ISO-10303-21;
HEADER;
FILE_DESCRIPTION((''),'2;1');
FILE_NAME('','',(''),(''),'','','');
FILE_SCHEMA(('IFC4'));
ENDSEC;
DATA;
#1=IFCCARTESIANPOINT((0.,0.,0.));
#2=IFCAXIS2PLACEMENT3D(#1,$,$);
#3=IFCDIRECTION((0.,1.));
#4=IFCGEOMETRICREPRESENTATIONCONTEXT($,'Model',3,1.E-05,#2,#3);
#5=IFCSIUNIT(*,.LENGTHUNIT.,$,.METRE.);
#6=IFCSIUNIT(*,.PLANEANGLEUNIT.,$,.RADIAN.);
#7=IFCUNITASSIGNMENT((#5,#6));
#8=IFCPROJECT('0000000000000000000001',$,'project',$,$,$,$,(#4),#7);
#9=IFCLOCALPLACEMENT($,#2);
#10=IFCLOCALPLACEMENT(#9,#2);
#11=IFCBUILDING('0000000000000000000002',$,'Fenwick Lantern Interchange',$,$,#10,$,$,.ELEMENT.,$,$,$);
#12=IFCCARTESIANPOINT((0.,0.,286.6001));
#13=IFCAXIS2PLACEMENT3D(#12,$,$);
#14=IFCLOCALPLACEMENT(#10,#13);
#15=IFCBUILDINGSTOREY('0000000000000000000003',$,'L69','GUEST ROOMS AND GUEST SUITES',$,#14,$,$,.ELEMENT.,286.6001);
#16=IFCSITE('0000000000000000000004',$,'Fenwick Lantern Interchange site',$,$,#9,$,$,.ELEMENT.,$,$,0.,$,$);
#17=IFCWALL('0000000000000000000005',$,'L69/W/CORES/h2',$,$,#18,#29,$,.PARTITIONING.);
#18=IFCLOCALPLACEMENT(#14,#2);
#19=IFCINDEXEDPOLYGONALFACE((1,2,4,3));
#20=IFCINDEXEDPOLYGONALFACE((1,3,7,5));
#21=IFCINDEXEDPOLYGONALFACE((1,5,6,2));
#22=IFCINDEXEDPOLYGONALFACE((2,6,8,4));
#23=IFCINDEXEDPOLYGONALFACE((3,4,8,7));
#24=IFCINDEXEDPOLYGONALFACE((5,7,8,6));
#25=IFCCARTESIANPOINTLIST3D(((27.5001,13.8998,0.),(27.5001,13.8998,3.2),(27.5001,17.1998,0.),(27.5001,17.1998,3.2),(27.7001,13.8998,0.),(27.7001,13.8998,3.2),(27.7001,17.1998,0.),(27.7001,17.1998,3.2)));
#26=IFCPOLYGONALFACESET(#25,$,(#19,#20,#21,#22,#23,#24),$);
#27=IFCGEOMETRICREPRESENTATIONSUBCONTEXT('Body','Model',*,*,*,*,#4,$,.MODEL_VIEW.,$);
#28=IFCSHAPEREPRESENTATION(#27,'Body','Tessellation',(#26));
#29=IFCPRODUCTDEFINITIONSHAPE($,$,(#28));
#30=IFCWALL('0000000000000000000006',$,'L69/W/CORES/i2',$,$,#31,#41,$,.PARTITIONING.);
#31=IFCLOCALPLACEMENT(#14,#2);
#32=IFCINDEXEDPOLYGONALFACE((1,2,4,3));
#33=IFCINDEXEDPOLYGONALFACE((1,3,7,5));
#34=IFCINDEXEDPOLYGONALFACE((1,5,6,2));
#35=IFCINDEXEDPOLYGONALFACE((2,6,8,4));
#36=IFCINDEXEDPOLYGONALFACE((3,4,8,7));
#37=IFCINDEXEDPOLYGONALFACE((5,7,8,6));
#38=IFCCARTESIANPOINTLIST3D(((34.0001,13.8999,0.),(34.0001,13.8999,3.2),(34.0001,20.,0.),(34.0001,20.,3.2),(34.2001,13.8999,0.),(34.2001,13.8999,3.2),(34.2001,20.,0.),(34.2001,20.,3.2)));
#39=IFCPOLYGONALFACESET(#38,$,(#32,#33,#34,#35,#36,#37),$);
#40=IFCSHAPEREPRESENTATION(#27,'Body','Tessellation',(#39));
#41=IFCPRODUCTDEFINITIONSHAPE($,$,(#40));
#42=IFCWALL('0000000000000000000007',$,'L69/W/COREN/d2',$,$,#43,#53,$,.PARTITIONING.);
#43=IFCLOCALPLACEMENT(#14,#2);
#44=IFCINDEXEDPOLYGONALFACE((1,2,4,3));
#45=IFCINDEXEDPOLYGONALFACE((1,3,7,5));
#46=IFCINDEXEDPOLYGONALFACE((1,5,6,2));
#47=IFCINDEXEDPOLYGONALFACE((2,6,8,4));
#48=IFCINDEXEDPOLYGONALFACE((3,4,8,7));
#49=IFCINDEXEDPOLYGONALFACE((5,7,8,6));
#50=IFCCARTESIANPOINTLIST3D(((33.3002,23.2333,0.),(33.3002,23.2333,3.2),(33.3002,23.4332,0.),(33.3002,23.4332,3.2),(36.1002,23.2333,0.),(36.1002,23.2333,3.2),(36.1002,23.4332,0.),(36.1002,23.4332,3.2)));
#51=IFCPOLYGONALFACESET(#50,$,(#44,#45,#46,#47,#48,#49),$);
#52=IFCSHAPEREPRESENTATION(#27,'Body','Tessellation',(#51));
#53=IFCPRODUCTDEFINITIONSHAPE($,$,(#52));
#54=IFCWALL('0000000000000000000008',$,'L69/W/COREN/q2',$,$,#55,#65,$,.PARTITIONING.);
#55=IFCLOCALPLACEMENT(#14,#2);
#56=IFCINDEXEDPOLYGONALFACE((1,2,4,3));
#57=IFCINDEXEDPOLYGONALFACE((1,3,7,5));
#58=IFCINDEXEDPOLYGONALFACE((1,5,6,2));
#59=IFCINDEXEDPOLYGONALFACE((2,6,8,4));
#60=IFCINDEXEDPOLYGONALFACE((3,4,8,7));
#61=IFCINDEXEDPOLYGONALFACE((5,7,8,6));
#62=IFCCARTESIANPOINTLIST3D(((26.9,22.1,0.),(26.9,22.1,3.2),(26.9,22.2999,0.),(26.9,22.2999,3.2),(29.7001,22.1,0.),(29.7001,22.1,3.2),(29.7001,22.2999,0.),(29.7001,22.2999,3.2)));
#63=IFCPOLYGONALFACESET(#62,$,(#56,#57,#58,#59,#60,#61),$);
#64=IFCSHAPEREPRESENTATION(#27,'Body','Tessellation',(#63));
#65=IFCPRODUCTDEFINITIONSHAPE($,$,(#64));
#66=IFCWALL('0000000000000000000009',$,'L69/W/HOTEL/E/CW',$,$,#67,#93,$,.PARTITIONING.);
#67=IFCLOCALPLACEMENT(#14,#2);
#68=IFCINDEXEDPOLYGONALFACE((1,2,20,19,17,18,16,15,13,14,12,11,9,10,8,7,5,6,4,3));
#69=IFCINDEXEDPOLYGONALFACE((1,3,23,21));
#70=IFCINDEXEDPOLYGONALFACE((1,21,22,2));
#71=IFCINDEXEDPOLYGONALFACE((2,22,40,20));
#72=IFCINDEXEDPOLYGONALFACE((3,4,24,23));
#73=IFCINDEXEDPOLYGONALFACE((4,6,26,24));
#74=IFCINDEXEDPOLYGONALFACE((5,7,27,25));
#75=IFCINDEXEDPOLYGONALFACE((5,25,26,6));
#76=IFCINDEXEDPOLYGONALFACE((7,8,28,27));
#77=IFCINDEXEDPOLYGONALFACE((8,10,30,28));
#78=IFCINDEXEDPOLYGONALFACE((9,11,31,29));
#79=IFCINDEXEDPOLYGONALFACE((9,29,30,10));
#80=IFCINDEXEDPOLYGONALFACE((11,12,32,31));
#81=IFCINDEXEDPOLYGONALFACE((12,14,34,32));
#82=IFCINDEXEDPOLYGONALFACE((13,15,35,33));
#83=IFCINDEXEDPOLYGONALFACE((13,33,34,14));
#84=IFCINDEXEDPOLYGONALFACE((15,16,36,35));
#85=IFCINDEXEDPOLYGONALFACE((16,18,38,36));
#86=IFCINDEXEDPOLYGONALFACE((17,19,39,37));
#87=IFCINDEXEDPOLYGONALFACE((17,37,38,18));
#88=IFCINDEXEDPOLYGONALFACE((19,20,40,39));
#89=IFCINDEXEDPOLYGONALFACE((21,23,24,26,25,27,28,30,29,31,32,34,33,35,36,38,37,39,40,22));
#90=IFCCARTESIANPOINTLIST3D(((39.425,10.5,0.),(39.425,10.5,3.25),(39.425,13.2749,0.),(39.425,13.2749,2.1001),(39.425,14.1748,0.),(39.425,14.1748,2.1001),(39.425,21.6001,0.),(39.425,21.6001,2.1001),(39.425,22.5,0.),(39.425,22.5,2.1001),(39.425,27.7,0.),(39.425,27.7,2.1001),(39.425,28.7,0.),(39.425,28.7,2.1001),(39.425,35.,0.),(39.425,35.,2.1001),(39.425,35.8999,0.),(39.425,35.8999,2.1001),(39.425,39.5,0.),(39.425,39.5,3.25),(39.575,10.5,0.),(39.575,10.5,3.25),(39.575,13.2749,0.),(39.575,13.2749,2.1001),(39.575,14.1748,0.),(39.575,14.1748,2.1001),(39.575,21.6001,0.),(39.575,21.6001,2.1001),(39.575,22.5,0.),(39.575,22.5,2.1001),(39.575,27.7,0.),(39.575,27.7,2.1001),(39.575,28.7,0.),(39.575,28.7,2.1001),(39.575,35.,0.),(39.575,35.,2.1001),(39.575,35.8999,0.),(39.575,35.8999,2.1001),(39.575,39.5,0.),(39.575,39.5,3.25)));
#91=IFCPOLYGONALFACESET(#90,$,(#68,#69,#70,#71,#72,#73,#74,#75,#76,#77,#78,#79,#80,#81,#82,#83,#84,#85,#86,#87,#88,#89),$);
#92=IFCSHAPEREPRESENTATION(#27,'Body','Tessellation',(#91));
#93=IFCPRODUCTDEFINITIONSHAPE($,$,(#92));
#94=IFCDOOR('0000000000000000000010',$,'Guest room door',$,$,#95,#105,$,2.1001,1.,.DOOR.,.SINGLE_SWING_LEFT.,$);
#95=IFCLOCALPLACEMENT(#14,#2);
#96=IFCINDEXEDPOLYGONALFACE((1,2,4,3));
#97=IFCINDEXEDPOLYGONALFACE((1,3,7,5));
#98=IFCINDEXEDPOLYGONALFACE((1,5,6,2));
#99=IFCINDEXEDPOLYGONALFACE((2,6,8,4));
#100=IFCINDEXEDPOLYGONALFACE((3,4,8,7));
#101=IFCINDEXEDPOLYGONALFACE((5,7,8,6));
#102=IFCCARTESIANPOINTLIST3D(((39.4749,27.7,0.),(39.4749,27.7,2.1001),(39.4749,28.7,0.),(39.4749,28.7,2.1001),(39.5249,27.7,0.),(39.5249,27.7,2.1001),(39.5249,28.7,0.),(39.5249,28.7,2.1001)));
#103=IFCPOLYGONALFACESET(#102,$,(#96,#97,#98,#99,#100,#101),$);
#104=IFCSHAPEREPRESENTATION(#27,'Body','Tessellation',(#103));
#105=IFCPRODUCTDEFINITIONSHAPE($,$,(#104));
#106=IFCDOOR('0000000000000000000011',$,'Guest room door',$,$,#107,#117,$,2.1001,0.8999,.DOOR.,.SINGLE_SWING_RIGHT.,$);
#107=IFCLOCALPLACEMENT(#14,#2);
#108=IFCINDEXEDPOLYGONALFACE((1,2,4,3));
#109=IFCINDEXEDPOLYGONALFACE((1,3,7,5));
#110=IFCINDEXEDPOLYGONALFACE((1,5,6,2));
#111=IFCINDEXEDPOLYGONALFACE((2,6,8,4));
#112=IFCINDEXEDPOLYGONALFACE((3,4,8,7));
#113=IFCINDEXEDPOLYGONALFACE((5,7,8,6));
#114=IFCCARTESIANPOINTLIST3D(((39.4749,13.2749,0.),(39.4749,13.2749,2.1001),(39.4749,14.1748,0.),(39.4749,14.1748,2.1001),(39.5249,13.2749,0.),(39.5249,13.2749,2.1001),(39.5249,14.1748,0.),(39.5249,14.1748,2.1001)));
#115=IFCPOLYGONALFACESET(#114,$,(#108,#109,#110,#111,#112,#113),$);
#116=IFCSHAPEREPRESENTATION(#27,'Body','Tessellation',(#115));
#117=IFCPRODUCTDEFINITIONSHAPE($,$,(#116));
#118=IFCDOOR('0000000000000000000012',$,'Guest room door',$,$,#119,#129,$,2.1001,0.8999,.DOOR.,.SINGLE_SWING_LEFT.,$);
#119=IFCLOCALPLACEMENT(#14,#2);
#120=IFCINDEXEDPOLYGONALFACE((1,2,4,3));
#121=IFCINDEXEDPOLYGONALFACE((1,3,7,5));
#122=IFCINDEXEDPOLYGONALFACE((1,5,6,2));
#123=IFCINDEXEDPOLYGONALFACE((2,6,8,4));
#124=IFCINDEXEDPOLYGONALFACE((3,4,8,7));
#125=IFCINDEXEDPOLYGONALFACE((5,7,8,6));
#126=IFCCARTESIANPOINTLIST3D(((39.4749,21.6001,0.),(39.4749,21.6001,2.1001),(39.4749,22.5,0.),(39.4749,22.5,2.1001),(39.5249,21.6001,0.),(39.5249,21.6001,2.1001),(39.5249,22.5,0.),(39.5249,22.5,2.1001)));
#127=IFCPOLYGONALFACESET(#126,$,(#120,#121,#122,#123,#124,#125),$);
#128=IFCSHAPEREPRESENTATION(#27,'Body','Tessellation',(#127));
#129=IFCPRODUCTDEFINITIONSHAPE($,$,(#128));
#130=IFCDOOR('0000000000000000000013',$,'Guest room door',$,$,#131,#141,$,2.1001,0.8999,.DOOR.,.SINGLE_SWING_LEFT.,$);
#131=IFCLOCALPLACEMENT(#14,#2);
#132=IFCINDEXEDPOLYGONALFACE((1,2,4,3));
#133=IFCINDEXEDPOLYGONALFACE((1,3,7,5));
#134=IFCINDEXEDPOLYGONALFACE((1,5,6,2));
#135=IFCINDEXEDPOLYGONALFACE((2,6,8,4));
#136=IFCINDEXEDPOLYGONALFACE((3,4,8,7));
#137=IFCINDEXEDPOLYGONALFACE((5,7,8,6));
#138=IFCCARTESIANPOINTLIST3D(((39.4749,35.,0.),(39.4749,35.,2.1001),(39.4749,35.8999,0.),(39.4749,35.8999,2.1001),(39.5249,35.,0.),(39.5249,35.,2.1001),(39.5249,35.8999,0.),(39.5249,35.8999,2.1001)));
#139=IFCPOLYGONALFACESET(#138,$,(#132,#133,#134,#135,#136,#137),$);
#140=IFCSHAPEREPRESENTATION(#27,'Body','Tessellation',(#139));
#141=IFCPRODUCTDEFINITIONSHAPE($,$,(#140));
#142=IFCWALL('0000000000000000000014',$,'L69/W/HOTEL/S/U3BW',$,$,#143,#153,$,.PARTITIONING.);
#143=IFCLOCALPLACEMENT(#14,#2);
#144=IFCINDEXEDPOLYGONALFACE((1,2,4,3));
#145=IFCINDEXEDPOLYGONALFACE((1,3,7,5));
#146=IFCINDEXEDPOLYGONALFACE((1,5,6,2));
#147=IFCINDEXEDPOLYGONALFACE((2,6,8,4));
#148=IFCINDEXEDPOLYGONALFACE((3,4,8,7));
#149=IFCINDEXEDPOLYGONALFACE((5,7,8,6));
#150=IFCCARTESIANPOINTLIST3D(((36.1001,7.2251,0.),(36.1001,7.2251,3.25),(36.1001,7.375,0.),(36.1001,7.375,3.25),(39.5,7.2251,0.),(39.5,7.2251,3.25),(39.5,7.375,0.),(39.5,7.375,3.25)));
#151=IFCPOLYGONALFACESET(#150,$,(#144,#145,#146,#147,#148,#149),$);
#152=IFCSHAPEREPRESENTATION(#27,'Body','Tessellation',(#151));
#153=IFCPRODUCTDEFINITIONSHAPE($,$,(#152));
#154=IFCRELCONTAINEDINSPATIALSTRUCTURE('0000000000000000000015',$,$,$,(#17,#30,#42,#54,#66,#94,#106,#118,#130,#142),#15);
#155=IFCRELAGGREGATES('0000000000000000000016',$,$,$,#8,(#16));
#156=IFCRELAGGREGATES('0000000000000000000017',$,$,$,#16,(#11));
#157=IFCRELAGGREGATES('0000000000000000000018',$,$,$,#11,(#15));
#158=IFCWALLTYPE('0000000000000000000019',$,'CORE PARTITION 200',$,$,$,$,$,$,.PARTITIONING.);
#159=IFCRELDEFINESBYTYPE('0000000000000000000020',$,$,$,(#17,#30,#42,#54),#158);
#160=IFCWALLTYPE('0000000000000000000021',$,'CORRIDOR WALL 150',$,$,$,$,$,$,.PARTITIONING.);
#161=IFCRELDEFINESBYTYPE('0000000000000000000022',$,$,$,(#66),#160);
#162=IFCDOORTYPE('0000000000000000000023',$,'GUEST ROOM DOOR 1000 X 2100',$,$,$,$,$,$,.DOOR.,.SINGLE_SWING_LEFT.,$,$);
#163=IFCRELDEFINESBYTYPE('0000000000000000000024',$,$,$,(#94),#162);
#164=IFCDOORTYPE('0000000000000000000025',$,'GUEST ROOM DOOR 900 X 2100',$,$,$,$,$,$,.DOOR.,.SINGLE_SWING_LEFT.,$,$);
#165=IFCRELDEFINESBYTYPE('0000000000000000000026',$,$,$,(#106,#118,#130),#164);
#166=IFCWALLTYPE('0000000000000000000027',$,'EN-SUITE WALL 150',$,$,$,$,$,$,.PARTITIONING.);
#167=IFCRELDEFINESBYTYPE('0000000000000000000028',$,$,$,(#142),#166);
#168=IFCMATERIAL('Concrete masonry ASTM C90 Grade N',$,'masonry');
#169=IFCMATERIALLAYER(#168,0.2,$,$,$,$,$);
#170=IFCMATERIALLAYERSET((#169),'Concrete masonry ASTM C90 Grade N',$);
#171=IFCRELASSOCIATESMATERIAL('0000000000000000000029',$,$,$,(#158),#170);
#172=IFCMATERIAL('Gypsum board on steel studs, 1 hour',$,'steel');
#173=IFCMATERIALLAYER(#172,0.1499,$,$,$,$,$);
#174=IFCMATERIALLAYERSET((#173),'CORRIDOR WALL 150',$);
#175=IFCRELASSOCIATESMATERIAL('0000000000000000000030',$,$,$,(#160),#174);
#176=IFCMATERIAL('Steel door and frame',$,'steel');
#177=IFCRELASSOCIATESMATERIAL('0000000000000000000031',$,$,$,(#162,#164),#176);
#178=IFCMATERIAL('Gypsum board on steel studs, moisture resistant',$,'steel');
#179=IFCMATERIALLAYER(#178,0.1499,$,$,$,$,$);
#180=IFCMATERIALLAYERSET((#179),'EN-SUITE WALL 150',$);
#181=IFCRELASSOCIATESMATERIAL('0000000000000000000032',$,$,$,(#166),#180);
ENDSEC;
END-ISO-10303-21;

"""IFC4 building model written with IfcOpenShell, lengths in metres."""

from ifc_helpers import new_model, si_unit, direction, frame, frame_2d, origin, place, context, subcontext, project, spatial, rectangle, extrude, material, layer, layer_set, type_object, element, fill, save


model = new_model("IFC4")

# Units and contexts
model_context = context("Model", 3, precision=1e-05, world=origin(), true_north=direction((0.0, 1.0)))
body_context = subcontext(model_context, "Body", "Model", "MODEL_VIEW")
ifc_project = project(units=[si_unit("LENGTHUNIT", "METRE"), si_unit("PLANEANGLEUNIT", "RADIAN")], contexts=[model_context])

# Site, building, storey
site_placement = place(None, origin())
site = spatial("IfcSite", under=ifc_project, at=site_placement, Name="Fenwick Lantern Interchange site", CompositionType="ELEMENT", RefElevation=0.0)
building_placement = place(site_placement, origin())
building = spatial("IfcBuilding", under=site, at=building_placement, Name="Fenwick Lantern Interchange", CompositionType="ELEMENT")
storey_placement = place(building_placement, frame((0.0, 0.0, 286.6001)))
storey = spatial("IfcBuildingStorey", under=building, at=storey_placement, Name="L69", Description="GUEST ROOMS AND GUEST SUITES", CompositionType="ELEMENT", Elevation=286.6001)

# Shared definitions
ifc_material_1 = material(Name="Concrete masonry ASTM C90 Grade N", Category="masonry")
ifc_layer_1 = layer(ifc_material_1, 0.2)
ifc_layer_set_1 = layer_set([ifc_layer_1], Name="Concrete masonry ASTM C90 Grade N")
wall_type_1 = type_object("IfcWallType", Name="CORE PARTITION 200", PredefinedType="PARTITIONING", material=ifc_layer_set_1)
ifc_material_2 = material(Name="Steel door and frame", Category="steel")

# Walls
wall_1_placement = place(storey_placement, frame((27.6001, 13.8999, 0.0), z_axis=(0.0, 0.0, 1.0), x_axis=(0.0, 1.0, 0.0)))
element("IfcWall", 1, at=wall_1_placement, inside=storey, type_object=wall_type_1, Name="L69/W/CORES/h2", PredefinedType="PARTITIONING", context=body_context, shape_type="SweptSolid", body=[
    extrude(rectangle(XDim=3.3, YDim=0.2, at=frame_2d((1.6499, 0.0))), origin(), (0.0, 0.0, 1.0), 3.2),
])
wall_2_placement = place(storey_placement, frame((34.1001, 13.8999, 0.0), z_axis=(0.0, 0.0, 1.0), x_axis=(0.0, 1.0, 0.0)))
element("IfcWall", 2, at=wall_2_placement, inside=storey, type_object=wall_type_1, Name="L69/W/CORES/i2", PredefinedType="PARTITIONING", context=body_context, shape_type="SweptSolid", body=[
    extrude(rectangle(XDim=6.1001, YDim=0.2, at=frame_2d((3.05, 0.0))), origin(), (0.0, 0.0, 1.0), 3.2),
])
for number, where, z_axis, x_axis, name in (
    (3, (36.1001, 23.3333, 0.0), (0.0, 0.0, 1.0), (-1.0, 0.0, 0.0), "L69/W/COREN/d2"),
    (4, (29.7, 22.2, 0.0), (0.0, 0.0, 1.0), (-1.0, 0.0, 0.0), "L69/W/COREN/q2"),
):
    element("IfcWall", number, at=place(storey_placement, frame(where, z_axis=z_axis, x_axis=x_axis)), inside=storey, type_object=wall_type_1, Name=name, PredefinedType="PARTITIONING", context=body_context, shape_type="SweptSolid", body=[
        extrude(rectangle(XDim=2.8, YDim=0.2, at=frame_2d((1.3999, 0.0))), origin(), (0.0, 0.0, 1.0), 3.2),
    ])

# Wall, openings, doors
ifc_material_3 = material(Name="Gypsum board on steel studs, 1 hour", Category="steel")
ifc_layer_2 = layer(ifc_material_3, 0.1499)
ifc_layer_set_2 = layer_set([ifc_layer_2], Name="CORRIDOR WALL 150")
wall_type_2 = type_object("IfcWallType", Name="CORRIDOR WALL 150", PredefinedType="PARTITIONING", material=ifc_layer_set_2)
wall_3_placement = place(storey_placement, frame((39.5, 10.5, 0.0), z_axis=(0.0, 0.0, 1.0), x_axis=(0.0, 1.0, 0.0)))
wall_3 = element("IfcWall", 5, at=wall_3_placement, inside=storey, type_object=wall_type_2, Name="L69/W/HOTEL/E/CW", PredefinedType="PARTITIONING", context=body_context, shape_type="SweptSolid", body=[
    extrude(rectangle(XDim=29.0, YDim=0.1499, at=frame_2d((14.5, 0.0))), origin(), (0.0, 0.0, 1.0), 3.25),
])
opening_1_placement = place(wall_3_placement, frame((2.7749, 0.0, 0.0)))
opening_1 = element("IfcOpeningElement", 6, at=opening_1_placement, cuts=wall_3, PredefinedType="OPENING", context=body_context, shape_type="SweptSolid", body=[
    extrude(rectangle(XDim=0.8999, YDim=2.1001, at=frame_2d((0.45, 1.05))), frame((0.0, 0.085, 0.0), z_axis=(0.0, -1.0, 0.0), x_axis=(1.0, 0.0, 0.0)), (0.0, 0.0, 1.0), 0.1699),
])
opening_2_placement = place(wall_3_placement, frame((11.1001, 0.0, 0.0)))
opening_2 = element("IfcOpeningElement", 7, at=opening_2_placement, cuts=wall_3, PredefinedType="OPENING", context=body_context, shape_type="SweptSolid", body=[
    extrude(rectangle(XDim=0.8999, YDim=2.1001, at=frame_2d((0.45, 1.05))), frame((0.0, 0.085, 0.0), z_axis=(0.0, -1.0, 0.0), x_axis=(1.0, 0.0, 0.0)), (0.0, 0.0, 1.0), 0.1699),
])
opening_3_placement = place(wall_3_placement, frame((17.2, 0.0, 0.0)))
opening_3 = element("IfcOpeningElement", 8, at=opening_3_placement, cuts=wall_3, PredefinedType="OPENING", context=body_context, shape_type="SweptSolid", body=[
    extrude(rectangle(XDim=1.0, YDim=2.1001, at=frame_2d((0.5, 1.05))), frame((0.0, 0.085, 0.0), z_axis=(0.0, -1.0, 0.0), x_axis=(1.0, 0.0, 0.0)), (0.0, 0.0, 1.0), 0.1699),
])
opening_4_placement = place(wall_3_placement, frame((24.5, 0.0, 0.0)))
opening_4 = element("IfcOpeningElement", 9, at=opening_4_placement, cuts=wall_3, PredefinedType="OPENING", context=body_context, shape_type="SweptSolid", body=[
    extrude(rectangle(XDim=0.8999, YDim=2.1001, at=frame_2d((0.45, 1.05))), frame((0.0, 0.085, 0.0), z_axis=(0.0, -1.0, 0.0), x_axis=(1.0, 0.0, 0.0)), (0.0, 0.0, 1.0), 0.1699),
])
door_type_1 = type_object("IfcDoorType", Name="GUEST ROOM DOOR 1000 X 2100", OperationType="SINGLE_SWING_LEFT", PredefinedType="DOOR", material=ifc_material_2)
door_1_placement = place(opening_3_placement, frame((1.0, 0.0, 0.0), z_axis=(0.0, 0.0, 1.0), x_axis=(-1.0, 0.0, 0.0)))
door_1 = element("IfcDoor", 10, at=door_1_placement, inside=storey, type_object=door_type_1, Name="Guest room door", OperationType="SINGLE_SWING_LEFT", OverallHeight=2.1001, OverallWidth=1.0, PredefinedType="DOOR", context=body_context, shape_type="SweptSolid", body=[
    extrude(rectangle(XDim=1.0, YDim=2.1001, at=frame_2d((0.5, 1.05))), frame((0.0, 0.0249, 0.0), z_axis=(0.0, -1.0, 0.0), x_axis=(1.0, 0.0, 0.0)), (0.0, 0.0, 1.0), 0.05),
])
fill(opening_3, door_1)
door_type_2 = type_object("IfcDoorType", Name="GUEST ROOM DOOR 900 X 2100", OperationType="SINGLE_SWING_LEFT", PredefinedType="DOOR", material=ifc_material_2)
door_2_placement = place(opening_1_placement, frame((0.8999, 0.0, 0.0), z_axis=(0.0, 0.0, 1.0), x_axis=(-1.0, 0.0, 0.0)))
door_2 = element("IfcDoor", 11, at=door_2_placement, inside=storey, type_object=door_type_2, Name="Guest room door", OperationType="SINGLE_SWING_RIGHT", OverallHeight=2.1001, OverallWidth=0.8999, PredefinedType="DOOR", context=body_context, shape_type="SweptSolid", body=[
    extrude(rectangle(XDim=0.8999, YDim=2.1001, at=frame_2d((0.45, 1.05))), frame((0.0, 0.0249, 0.0), z_axis=(0.0, -1.0, 0.0), x_axis=(1.0, 0.0, 0.0)), (0.0, 0.0, 1.0), 0.05),
])
fill(opening_1, door_2)
door_3_placement = place(opening_2_placement, frame((0.8999, 0.0, 0.0), z_axis=(0.0, 0.0, 1.0), x_axis=(-1.0, 0.0, 0.0)))
door_3 = element("IfcDoor", 12, at=door_3_placement, inside=storey, type_object=door_type_2, Name="Guest room door", OperationType="SINGLE_SWING_LEFT", OverallHeight=2.1001, OverallWidth=0.8999, PredefinedType="DOOR", context=body_context, shape_type="SweptSolid", body=[
    extrude(rectangle(XDim=0.8999, YDim=2.1001, at=frame_2d((0.45, 1.05))), frame((0.0, 0.0249, 0.0), z_axis=(0.0, -1.0, 0.0), x_axis=(1.0, 0.0, 0.0)), (0.0, 0.0, 1.0), 0.05),
])
fill(opening_2, door_3)
door_4_placement = place(opening_4_placement, frame((0.8999, 0.0, 0.0), z_axis=(0.0, 0.0, 1.0), x_axis=(-1.0, 0.0, 0.0)))
door_4 = element("IfcDoor", 13, at=door_4_placement, inside=storey, type_object=door_type_2, Name="Guest room door", OperationType="SINGLE_SWING_LEFT", OverallHeight=2.1001, OverallWidth=0.8999, PredefinedType="DOOR", context=body_context, shape_type="SweptSolid", body=[
    extrude(rectangle(XDim=0.8999, YDim=2.1001, at=frame_2d((0.45, 1.05))), frame((0.0, 0.0249, 0.0), z_axis=(0.0, -1.0, 0.0), x_axis=(1.0, 0.0, 0.0)), (0.0, 0.0, 1.0), 0.05),
])
fill(opening_4, door_4)

# Wall
ifc_material_4 = material(Name="Gypsum board on steel studs, moisture resistant", Category="steel")
ifc_layer_3 = layer(ifc_material_4, 0.1499)
ifc_layer_set_3 = layer_set([ifc_layer_3], Name="EN-SUITE WALL 150")
wall_type_3 = type_object("IfcWallType", Name="EN-SUITE WALL 150", PredefinedType="PARTITIONING", material=ifc_layer_set_3)
wall_4_placement = place(storey_placement, frame((36.1001, 7.3, 0.0), z_axis=(0.0, 0.0, 1.0), x_axis=(1.0, 0.0, 0.0)))
element("IfcWall", 14, at=wall_4_placement, inside=storey, type_object=wall_type_3, Name="L69/W/HOTEL/S/U3BW", PredefinedType="PARTITIONING", context=body_context, shape_type="SweptSolid", body=[
    extrude(rectangle(XDim=3.3999, YDim=0.1499, at=frame_2d((1.7, 0.0))), origin(), (0.0, 0.0, 1.0), 3.25),
])

save(model, "model.ifc")
